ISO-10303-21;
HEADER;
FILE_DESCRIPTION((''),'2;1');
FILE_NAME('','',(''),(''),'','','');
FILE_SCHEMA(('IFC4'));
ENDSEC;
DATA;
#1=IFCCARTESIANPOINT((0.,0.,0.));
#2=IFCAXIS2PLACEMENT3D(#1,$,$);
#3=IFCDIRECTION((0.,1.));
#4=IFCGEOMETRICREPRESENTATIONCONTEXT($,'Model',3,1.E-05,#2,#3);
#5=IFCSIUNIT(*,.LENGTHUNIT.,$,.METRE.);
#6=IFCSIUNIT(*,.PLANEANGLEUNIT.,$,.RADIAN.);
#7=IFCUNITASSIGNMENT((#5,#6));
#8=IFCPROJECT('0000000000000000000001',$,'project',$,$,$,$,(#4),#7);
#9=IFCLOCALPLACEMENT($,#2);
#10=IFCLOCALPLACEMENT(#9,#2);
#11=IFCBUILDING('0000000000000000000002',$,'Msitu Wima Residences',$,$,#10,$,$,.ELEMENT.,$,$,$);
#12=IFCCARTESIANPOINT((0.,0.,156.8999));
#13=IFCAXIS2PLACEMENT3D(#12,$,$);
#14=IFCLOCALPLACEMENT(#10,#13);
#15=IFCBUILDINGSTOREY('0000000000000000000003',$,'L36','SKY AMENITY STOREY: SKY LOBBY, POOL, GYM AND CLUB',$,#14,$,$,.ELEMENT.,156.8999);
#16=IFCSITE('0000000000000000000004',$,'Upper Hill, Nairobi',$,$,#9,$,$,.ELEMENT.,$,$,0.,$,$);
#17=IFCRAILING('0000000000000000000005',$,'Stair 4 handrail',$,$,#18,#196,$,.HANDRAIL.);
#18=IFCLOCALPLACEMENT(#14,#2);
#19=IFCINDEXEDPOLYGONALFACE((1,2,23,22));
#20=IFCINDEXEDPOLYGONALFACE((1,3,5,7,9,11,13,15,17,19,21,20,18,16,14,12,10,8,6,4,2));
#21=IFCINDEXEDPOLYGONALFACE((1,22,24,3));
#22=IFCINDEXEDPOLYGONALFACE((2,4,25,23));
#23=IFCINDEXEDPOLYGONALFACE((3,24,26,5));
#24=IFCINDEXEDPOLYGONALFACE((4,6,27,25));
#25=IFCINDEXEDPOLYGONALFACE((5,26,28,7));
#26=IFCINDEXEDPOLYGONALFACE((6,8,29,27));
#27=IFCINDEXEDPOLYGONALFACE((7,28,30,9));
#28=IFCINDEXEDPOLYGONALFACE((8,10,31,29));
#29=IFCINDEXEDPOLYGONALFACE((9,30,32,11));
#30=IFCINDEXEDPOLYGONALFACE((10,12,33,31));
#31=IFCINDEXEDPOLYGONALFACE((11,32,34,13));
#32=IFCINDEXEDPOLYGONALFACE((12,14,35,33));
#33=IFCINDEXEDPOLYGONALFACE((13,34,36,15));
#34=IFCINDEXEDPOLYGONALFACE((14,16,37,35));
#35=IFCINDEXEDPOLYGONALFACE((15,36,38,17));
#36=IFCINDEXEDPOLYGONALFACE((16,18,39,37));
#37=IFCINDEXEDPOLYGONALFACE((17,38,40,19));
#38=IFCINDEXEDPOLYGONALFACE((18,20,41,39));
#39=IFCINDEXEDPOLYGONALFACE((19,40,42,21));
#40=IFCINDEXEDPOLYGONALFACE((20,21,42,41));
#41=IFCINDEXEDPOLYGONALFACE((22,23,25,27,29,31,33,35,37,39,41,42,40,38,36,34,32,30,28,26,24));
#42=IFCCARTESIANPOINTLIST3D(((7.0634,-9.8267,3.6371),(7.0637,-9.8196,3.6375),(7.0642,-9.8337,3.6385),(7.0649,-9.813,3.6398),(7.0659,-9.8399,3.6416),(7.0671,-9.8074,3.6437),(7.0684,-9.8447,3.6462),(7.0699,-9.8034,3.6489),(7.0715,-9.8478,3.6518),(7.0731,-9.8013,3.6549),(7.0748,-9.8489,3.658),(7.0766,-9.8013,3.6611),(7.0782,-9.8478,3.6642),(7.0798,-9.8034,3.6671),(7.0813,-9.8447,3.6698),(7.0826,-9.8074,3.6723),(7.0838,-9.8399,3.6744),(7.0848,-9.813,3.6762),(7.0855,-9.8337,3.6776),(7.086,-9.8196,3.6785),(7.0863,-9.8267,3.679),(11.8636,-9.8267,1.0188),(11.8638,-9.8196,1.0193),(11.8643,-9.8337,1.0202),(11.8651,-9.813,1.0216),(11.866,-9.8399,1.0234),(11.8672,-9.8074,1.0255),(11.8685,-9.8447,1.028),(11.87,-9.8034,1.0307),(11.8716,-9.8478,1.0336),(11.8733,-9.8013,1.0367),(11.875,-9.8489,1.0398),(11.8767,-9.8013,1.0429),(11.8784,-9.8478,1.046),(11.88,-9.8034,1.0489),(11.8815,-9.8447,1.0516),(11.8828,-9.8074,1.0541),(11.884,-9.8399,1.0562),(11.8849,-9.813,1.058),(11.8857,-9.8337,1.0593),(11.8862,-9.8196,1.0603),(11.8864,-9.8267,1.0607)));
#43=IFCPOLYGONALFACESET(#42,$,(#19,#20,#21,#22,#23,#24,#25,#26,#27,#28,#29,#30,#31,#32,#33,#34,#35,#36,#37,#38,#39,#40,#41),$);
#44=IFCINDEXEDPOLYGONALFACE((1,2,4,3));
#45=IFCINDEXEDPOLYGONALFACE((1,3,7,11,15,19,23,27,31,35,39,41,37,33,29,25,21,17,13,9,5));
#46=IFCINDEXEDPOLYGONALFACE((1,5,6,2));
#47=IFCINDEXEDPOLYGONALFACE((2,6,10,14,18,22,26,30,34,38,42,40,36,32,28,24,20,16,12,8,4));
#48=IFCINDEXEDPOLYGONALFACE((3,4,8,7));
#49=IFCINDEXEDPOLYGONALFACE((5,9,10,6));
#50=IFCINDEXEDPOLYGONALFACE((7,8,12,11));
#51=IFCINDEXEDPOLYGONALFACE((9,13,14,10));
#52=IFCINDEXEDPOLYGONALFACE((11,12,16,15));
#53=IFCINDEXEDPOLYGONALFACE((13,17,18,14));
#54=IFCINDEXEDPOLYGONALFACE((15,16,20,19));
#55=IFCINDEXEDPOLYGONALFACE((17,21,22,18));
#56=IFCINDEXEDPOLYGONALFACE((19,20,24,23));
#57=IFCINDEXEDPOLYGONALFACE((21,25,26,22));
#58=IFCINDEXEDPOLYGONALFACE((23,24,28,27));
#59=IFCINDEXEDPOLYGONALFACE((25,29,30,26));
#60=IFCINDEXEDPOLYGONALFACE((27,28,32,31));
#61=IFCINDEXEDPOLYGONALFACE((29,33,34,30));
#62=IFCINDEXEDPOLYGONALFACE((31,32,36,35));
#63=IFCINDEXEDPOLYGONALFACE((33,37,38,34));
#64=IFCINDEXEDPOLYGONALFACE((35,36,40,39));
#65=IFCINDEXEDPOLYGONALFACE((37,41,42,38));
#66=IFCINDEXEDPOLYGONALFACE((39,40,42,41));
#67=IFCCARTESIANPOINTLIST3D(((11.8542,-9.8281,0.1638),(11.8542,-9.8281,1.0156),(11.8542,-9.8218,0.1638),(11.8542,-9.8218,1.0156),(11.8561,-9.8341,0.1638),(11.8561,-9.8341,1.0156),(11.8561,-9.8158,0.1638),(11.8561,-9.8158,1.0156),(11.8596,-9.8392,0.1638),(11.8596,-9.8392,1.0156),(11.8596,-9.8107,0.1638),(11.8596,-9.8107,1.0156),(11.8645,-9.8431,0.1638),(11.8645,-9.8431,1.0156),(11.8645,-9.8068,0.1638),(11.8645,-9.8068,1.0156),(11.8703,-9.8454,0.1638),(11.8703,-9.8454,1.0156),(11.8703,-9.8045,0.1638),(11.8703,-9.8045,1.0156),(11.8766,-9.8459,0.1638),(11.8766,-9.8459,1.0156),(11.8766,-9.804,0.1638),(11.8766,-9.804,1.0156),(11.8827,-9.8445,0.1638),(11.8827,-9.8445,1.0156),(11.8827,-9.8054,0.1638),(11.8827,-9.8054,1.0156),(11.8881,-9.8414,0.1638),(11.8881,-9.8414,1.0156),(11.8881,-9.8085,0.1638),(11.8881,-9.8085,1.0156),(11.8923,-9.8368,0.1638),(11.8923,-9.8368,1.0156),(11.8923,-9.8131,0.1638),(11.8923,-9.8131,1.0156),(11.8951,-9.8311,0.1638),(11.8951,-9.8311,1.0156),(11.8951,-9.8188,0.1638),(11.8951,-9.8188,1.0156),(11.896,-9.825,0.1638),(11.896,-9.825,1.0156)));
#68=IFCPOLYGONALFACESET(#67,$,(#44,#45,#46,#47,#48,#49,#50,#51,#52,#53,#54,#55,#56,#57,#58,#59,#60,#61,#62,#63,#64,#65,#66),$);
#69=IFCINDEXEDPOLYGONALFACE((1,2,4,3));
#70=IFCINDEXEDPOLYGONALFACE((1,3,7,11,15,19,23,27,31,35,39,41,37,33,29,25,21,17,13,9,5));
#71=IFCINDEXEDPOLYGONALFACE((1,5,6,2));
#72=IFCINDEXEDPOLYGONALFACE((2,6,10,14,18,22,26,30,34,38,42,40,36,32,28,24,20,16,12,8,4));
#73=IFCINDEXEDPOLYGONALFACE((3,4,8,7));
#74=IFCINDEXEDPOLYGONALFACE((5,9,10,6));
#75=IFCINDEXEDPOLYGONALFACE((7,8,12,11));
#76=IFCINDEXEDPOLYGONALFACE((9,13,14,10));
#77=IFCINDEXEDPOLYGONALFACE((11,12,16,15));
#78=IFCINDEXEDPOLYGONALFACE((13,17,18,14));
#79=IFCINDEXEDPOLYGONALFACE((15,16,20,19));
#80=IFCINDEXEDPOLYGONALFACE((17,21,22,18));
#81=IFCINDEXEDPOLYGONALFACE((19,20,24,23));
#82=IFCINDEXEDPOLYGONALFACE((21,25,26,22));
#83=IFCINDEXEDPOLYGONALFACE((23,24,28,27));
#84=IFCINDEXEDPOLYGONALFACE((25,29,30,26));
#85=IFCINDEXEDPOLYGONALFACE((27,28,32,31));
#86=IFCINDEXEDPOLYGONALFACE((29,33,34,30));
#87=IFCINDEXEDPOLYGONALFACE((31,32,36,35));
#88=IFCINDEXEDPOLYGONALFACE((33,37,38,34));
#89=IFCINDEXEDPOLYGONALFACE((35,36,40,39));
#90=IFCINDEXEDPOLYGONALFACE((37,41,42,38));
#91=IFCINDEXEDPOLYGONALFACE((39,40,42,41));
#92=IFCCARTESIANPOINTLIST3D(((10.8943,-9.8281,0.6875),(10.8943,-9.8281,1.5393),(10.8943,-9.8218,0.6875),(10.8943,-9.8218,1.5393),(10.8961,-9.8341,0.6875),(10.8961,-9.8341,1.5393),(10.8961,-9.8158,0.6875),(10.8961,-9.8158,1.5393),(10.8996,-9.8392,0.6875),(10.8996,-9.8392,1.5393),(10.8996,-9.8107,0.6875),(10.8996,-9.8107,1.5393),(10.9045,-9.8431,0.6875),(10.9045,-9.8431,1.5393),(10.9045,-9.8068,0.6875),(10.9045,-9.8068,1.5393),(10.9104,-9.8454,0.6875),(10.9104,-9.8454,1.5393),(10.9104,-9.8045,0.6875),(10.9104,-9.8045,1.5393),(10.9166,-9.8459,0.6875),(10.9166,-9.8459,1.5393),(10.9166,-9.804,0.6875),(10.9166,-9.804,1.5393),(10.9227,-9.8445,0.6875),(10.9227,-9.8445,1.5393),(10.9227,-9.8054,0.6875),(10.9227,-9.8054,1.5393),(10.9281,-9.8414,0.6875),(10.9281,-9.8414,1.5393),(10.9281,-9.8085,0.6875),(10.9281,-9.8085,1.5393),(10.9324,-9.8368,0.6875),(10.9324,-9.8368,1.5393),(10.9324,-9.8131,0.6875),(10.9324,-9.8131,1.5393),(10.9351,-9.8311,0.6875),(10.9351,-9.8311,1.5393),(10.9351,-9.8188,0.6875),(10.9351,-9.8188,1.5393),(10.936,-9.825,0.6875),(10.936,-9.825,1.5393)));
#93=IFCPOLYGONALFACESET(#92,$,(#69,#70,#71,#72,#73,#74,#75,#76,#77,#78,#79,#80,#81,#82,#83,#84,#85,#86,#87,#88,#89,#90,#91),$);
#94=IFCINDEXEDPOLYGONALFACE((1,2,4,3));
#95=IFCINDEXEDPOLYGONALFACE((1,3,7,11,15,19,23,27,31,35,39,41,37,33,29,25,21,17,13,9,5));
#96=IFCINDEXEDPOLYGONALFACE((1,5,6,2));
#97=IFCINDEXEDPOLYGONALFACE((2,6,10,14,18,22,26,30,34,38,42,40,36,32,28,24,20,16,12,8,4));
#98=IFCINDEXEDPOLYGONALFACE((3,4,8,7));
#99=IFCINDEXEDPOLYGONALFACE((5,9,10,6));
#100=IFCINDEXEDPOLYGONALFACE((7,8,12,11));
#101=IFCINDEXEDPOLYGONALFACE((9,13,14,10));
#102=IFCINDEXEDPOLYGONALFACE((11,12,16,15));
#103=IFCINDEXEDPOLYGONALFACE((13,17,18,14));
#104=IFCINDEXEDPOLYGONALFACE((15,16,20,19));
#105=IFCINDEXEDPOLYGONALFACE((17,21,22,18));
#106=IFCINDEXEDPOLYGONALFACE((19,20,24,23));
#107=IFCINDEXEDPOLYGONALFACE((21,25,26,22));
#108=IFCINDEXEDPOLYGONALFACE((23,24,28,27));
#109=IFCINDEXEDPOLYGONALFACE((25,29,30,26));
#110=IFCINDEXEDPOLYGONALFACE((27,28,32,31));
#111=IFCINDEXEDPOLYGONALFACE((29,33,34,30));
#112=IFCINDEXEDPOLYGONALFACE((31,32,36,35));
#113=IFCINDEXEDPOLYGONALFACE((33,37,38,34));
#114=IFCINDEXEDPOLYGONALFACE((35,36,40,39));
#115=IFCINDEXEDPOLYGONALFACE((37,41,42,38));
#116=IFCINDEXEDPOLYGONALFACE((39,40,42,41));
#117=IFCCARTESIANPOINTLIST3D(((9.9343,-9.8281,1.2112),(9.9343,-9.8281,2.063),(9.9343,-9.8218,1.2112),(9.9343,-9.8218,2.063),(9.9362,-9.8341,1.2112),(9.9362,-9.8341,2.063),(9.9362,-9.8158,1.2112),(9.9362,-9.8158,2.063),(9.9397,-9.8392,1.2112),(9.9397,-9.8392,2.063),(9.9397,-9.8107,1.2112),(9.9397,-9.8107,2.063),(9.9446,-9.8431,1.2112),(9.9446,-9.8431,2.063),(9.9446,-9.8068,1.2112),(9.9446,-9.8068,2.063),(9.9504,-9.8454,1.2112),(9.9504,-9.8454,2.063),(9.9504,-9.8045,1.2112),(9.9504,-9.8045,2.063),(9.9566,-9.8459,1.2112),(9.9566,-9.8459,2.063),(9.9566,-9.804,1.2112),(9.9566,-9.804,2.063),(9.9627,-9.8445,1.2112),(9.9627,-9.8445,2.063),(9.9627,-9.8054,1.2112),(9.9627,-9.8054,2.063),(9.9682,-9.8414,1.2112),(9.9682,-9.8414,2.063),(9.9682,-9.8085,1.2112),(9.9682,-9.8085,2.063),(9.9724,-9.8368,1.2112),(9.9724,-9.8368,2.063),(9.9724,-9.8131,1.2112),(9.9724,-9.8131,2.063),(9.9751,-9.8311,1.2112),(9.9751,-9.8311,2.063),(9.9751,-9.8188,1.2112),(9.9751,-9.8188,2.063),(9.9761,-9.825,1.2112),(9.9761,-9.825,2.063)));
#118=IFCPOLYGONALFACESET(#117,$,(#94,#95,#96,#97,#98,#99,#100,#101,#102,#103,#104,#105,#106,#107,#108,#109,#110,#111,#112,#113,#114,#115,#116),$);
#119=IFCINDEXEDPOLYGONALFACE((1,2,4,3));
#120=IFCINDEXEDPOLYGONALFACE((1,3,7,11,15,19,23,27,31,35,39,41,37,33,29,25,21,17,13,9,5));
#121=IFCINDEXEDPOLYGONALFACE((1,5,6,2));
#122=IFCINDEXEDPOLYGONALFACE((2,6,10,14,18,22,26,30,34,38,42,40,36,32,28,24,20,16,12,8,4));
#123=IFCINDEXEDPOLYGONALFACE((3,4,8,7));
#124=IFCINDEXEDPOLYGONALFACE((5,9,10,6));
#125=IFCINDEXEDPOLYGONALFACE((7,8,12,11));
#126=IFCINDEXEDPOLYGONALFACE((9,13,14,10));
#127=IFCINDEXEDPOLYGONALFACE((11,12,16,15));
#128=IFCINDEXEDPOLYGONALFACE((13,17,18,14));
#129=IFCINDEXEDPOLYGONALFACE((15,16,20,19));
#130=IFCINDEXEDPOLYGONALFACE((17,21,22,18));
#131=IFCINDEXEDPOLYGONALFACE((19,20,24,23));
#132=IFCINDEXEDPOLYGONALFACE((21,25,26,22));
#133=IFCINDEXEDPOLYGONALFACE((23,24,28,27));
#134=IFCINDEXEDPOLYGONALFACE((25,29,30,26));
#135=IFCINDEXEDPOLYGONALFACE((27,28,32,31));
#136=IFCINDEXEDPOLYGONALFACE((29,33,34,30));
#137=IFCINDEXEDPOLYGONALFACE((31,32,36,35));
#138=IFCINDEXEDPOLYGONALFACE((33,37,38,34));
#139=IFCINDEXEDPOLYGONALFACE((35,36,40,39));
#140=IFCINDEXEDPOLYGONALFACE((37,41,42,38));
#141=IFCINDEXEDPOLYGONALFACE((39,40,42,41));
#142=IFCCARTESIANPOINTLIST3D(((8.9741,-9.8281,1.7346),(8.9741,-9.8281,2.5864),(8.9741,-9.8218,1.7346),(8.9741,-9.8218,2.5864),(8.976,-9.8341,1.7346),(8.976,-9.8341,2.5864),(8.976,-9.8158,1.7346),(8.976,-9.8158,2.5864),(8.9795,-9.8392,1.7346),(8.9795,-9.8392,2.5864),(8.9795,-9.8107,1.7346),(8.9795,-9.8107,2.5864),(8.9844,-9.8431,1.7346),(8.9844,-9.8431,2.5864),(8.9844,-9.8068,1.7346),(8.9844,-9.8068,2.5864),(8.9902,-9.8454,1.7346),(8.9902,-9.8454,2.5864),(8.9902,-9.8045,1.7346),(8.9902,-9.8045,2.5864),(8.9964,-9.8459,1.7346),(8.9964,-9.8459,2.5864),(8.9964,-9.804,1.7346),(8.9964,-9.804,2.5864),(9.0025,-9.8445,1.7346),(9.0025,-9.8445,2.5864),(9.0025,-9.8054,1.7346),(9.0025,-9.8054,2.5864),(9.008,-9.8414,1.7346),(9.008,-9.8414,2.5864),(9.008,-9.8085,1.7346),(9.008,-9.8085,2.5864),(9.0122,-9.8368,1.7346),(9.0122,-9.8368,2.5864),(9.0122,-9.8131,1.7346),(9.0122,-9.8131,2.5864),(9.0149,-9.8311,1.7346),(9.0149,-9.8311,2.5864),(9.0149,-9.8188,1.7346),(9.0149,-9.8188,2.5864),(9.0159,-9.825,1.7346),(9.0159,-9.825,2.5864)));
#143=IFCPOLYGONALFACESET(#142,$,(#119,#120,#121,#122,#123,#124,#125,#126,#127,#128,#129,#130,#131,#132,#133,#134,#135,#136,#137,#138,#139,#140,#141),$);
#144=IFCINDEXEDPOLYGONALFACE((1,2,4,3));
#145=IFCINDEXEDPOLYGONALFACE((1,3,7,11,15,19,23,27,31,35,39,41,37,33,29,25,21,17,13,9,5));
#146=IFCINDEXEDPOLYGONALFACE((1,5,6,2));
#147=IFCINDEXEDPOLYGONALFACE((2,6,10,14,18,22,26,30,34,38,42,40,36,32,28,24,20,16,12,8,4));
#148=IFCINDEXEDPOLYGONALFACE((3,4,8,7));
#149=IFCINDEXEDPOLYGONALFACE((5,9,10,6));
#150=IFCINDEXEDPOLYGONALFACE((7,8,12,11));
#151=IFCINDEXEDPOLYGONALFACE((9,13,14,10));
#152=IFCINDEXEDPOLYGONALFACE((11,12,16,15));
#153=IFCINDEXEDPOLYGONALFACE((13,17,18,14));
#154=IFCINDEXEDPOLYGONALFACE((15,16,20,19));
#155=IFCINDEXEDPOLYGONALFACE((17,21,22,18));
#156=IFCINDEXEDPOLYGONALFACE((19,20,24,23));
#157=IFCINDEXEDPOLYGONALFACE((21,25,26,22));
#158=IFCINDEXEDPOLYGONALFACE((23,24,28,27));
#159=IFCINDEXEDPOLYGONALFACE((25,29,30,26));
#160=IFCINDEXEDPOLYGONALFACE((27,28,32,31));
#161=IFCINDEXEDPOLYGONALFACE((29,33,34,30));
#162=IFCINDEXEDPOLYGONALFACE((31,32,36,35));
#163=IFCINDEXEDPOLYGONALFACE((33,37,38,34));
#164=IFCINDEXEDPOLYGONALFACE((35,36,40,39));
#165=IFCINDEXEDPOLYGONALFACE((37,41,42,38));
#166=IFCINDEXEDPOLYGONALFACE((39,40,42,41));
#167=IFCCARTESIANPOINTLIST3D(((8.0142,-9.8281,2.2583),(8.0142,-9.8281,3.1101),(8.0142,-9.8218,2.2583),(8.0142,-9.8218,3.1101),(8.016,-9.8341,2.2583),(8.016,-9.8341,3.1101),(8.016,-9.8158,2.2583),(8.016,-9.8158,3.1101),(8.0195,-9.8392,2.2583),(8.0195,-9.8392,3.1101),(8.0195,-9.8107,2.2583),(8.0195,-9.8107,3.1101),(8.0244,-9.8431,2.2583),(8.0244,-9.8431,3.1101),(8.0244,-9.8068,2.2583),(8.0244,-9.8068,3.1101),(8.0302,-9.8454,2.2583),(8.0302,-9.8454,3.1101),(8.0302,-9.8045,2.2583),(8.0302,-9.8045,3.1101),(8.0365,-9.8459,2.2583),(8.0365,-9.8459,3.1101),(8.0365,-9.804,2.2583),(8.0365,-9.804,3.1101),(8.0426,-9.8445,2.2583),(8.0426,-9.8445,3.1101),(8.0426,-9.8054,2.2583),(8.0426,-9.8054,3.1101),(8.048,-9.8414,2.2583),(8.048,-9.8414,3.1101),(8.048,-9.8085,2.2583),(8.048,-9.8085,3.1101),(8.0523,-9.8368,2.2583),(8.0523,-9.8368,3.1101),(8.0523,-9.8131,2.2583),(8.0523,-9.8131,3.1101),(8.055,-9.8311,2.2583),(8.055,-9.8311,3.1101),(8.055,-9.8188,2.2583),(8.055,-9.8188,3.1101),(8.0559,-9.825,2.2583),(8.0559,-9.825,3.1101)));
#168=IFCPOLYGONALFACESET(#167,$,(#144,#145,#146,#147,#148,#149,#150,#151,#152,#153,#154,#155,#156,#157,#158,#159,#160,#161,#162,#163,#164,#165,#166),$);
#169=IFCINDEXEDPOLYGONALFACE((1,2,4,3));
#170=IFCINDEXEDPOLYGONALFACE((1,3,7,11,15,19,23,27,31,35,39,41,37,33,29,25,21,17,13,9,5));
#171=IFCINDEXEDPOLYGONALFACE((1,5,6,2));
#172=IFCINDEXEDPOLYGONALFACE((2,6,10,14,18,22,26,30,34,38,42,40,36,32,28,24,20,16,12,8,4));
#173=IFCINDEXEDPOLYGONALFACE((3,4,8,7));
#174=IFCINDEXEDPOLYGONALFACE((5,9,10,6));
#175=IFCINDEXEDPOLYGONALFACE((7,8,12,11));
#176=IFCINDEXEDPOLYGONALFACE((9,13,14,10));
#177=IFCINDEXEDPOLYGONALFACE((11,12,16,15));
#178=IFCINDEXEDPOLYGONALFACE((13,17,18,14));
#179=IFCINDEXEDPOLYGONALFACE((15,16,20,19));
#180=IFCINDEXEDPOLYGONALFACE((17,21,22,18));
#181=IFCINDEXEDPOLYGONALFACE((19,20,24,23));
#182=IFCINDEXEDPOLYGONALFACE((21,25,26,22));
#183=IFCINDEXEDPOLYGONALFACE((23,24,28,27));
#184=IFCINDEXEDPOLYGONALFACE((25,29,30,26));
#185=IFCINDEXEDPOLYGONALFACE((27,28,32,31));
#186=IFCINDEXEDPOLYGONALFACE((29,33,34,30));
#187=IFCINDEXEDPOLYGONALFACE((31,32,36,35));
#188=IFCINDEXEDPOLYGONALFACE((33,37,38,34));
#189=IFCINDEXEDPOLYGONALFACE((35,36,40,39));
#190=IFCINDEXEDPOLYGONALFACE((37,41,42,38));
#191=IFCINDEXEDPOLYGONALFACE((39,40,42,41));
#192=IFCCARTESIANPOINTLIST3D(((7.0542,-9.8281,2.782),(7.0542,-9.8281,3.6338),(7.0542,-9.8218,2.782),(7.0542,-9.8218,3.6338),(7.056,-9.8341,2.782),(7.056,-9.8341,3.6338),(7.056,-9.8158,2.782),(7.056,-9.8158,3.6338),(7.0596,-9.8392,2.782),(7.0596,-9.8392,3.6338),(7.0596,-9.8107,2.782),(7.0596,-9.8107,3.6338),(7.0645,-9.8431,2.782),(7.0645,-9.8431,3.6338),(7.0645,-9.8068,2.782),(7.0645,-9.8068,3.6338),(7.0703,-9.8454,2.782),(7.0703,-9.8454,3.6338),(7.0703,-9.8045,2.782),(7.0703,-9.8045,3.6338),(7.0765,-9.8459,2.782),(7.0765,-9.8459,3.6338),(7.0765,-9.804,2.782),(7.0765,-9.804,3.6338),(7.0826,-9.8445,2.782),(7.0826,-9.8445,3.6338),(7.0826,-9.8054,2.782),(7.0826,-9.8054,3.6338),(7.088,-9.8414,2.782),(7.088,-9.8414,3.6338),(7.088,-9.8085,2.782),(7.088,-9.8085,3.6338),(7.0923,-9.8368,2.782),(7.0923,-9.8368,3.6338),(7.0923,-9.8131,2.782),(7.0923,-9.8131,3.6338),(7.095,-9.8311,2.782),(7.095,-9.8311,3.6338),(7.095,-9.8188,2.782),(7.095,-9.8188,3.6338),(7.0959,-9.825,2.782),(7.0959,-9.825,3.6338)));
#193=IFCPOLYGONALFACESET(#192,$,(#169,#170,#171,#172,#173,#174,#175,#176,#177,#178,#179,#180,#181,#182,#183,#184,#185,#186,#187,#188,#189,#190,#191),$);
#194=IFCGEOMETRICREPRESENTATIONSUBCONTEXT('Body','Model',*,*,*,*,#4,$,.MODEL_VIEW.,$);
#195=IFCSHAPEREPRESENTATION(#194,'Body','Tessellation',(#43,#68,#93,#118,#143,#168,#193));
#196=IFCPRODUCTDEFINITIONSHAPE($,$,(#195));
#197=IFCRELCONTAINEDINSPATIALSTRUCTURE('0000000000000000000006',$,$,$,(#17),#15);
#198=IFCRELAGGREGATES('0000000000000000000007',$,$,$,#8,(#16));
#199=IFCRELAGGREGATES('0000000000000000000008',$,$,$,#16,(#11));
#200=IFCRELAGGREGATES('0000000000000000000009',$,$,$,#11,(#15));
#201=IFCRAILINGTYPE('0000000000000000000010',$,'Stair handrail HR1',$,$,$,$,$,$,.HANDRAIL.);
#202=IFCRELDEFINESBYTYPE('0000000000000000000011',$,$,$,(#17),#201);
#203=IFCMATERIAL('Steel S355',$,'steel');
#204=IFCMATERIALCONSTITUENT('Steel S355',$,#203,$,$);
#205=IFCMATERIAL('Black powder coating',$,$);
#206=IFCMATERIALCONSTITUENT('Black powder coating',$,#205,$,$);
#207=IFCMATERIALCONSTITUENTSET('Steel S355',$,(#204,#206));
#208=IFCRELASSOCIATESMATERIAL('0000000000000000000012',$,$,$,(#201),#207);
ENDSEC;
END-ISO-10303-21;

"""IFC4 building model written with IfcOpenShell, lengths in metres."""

from ifc_helpers import new_model, si_unit, direction, frame, origin, origin_2d, place, context, subcontext, project, spatial, circle, extrude, material, constituent, constituent_set, type_object, element, save


model = new_model("IFC4")

# Units and contexts
model_context = context("Model", 3, precision=1e-05, world=origin(), true_north=direction((0.0, 1.0)))
body_context = subcontext(model_context, "Body", "Model", "MODEL_VIEW")
ifc_project = project(units=[si_unit("LENGTHUNIT", "METRE"), si_unit("PLANEANGLEUNIT", "RADIAN")], contexts=[model_context])

# Site, building, storey
site_placement = place(None, origin())
site = spatial("IfcSite", under=ifc_project, at=site_placement, Name="Upper Hill, Nairobi", CompositionType="ELEMENT", RefElevation=0.0)
building_placement = place(site_placement, origin())
building = spatial("IfcBuilding", under=site, at=building_placement, Name="Msitu Wima Residences", CompositionType="ELEMENT")
storey_placement = place(building_placement, frame((0.0, 0.0, 156.8999)))
storey = spatial("IfcBuildingStorey", under=building, at=storey_placement, Name="L36", Description="SKY AMENITY STOREY: SKY LOBBY, POOL, GYM AND CLUB", CompositionType="ELEMENT", Elevation=156.8999)

# Railing
ifc_material_1 = material(Name="Steel S355", Category="steel")
ifc_constituent_1 = constituent(ifc_material_1, Name="Steel S355")
ifc_material_2 = material(Name="Black powder coating")
ifc_constituent_2 = constituent(ifc_material_2, Name="Black powder coating")
ifc_constituent_set = constituent_set(constituents=[ifc_constituent_1, ifc_constituent_2], Name="Steel S355")
railing_type = type_object("IfcRailingType", Name="Stair handrail HR1", PredefinedType="HANDRAIL", material=ifc_constituent_set)
for number, where, name in (
    (1, (11.875, -9.825, 0.1638), "Stair 4 handrail"),
):
    element("IfcRailing", number, at=place(storey_placement, frame(where)), inside=storey, type_object=railing_type, Name=name, PredefinedType="HANDRAIL", context=body_context, shape_type="SweptSolid", body=[
        extrude(circle(Radius=0.0239, at=origin_2d()), frame((0.0, 0.0, 0.876), z_axis=(-0.877899, 0.0, 0.478846), x_axis=(0.0, -1.0, 0.0)), (0.0, 0.0, 1.0), 5.4678),
        extrude(circle(Radius=0.021, at=origin_2d()), origin(), (0.0, 0.0, 1.0), 0.8518),
        extrude(circle(Radius=0.021, at=origin_2d()), frame((-0.96, 0.0, 0.5237)), (0.0, 0.0, 1.0), 0.8518),
        extrude(circle(Radius=0.021, at=origin_2d()), frame((-1.9199, 0.0, 1.0474)), (0.0, 0.0, 1.0), 0.8518),
        extrude(circle(Radius=0.021, at=origin_2d()), frame((-2.8801, 0.0, 1.5708)), (0.0, 0.0, 1.0), 0.8518),
        extrude(circle(Radius=0.021, at=origin_2d()), frame((-3.8401, 0.0, 2.0945)), (0.0, 0.0, 1.0), 0.8518),
        extrude(circle(Radius=0.021, at=origin_2d()), frame((-4.8, 0.0, 2.6182)), (0.0, 0.0, 1.0), 0.8518),
    ])

save(model, "model.ifc")
